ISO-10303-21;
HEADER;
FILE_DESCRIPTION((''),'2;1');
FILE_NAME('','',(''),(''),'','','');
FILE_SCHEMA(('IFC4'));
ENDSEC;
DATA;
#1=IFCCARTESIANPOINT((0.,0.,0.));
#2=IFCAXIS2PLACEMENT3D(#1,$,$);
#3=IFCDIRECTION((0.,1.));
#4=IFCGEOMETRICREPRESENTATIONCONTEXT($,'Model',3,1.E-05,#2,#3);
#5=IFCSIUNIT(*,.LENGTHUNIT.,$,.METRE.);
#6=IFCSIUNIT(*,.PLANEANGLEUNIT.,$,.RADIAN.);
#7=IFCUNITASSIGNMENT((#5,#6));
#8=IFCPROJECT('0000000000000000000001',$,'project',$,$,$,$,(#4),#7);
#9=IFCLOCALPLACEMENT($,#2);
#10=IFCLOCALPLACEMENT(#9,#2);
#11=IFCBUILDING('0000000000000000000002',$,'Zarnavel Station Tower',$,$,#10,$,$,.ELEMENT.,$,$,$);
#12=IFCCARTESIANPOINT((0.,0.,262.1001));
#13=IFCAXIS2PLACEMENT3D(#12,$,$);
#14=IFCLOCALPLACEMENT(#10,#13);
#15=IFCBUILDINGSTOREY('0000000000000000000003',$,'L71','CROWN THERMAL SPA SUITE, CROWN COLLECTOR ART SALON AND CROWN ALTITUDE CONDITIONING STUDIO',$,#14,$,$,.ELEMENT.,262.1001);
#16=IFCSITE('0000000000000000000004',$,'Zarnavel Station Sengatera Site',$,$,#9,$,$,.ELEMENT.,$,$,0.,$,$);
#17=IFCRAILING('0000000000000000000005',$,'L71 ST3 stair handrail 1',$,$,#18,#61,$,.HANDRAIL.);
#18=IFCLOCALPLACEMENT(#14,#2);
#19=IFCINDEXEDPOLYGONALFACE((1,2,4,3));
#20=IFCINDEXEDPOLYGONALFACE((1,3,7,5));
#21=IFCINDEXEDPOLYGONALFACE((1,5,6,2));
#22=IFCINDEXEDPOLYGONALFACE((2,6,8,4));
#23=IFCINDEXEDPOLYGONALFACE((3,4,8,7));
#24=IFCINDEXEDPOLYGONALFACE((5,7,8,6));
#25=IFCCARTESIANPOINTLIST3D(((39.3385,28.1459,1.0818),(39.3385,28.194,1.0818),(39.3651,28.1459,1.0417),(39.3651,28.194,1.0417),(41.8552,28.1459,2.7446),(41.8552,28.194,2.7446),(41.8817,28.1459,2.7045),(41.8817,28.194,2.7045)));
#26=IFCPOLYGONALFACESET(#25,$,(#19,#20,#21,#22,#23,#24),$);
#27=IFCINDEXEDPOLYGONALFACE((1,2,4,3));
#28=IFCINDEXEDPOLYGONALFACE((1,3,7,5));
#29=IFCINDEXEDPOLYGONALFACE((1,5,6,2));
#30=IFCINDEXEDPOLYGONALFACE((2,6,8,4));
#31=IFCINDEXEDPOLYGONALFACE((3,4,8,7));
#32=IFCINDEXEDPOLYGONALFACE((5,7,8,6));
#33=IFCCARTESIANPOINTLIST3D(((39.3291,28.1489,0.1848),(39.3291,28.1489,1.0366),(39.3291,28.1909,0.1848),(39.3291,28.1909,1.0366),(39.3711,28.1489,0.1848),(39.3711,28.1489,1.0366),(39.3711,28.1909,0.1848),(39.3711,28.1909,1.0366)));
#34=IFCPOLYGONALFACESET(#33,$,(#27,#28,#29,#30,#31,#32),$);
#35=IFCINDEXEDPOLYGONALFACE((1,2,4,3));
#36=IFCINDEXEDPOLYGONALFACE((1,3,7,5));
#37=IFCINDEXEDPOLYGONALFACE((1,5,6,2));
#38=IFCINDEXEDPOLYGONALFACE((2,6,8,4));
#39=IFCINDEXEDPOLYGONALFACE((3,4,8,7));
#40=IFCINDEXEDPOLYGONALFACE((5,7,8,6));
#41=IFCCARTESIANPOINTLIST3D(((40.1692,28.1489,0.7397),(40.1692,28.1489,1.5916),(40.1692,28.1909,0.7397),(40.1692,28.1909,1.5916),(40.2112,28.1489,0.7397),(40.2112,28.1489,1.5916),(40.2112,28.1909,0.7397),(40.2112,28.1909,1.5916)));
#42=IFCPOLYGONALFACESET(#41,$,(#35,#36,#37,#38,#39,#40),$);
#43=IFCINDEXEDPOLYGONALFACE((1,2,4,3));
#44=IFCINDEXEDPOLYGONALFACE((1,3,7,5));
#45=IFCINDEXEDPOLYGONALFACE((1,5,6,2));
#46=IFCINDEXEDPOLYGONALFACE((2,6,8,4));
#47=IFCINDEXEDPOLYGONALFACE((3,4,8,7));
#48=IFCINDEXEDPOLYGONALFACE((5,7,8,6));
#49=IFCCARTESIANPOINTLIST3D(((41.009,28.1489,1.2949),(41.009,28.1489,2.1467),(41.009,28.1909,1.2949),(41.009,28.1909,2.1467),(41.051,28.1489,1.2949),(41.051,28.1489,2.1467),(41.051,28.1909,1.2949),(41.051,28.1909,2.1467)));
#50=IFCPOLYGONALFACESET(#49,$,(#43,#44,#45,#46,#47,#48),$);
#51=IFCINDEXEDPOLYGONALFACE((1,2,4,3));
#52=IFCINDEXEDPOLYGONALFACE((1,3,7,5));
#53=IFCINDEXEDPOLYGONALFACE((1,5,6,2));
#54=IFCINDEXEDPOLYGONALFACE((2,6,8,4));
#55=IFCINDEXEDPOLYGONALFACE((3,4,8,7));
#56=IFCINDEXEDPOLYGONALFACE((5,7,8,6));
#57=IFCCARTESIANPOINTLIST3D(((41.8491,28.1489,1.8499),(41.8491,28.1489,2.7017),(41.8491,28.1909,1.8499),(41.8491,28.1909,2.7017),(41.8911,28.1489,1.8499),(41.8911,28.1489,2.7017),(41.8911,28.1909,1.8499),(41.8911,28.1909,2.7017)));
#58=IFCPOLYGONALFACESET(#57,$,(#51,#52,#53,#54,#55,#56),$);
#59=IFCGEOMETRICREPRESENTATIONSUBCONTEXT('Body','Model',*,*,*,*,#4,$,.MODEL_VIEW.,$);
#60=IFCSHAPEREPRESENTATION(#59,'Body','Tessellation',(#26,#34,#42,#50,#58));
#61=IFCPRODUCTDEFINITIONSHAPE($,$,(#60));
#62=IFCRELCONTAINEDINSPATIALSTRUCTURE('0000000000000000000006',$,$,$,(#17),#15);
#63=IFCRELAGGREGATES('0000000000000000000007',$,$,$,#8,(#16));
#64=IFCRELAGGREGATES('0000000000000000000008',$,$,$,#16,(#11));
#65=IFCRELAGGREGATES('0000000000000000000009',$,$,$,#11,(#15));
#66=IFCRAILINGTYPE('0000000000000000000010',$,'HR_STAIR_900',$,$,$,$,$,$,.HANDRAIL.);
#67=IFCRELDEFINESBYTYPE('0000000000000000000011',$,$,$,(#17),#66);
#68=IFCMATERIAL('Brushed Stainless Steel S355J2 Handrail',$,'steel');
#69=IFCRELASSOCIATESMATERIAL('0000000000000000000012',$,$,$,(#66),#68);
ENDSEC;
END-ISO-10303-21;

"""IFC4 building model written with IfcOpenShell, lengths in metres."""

from ifc_helpers import new_model, si_unit, direction, frame, origin, origin_2d, place, context, subcontext, project, spatial, rectangle, extrude, material, type_object, element, save


model = new_model("IFC4")

# Units and contexts
model_context = context("Model", 3, precision=1e-05, world=origin(), true_north=direction((0.0, 1.0)))
body_context = subcontext(model_context, "Body", "Model", "MODEL_VIEW")
ifc_project = project(units=[si_unit("LENGTHUNIT", "METRE"), si_unit("PLANEANGLEUNIT", "RADIAN")], contexts=[model_context])

# Site, building, storey
site_placement = place(None, origin())
site = spatial("IfcSite", under=ifc_project, at=site_placement, Name="Zarnavel Station Sengatera Site", CompositionType="ELEMENT", RefElevation=0.0)
building_placement = place(site_placement, origin())
building = spatial("IfcBuilding", under=site, at=building_placement, Name="Zarnavel Station Tower", CompositionType="ELEMENT")
storey_placement = place(building_placement, frame((0.0, 0.0, 262.1001)))
storey = spatial("IfcBuildingStorey", under=building, at=storey_placement, Name="L71", Description="CROWN THERMAL SPA SUITE, CROWN COLLECTOR ART SALON AND CROWN ALTITUDE CONDITIONING STUDIO", CompositionType="ELEMENT", Elevation=262.1001)

# Railing
ifc_material_1 = material(Name="Brushed Stainless Steel S355J2 Handrail", Category="steel")
railing_type = type_object("IfcRailingType", Name="HR_STAIR_900", PredefinedType="HANDRAIL", material=ifc_material_1)
railing_placement = place(storey_placement, frame((39.3501, 28.1699, 0.1848)))
element("IfcRailing", 1, at=railing_placement, inside=storey, type_object=railing_type, Name="L71 ST3 stair handrail 1", PredefinedType="HANDRAIL", context=body_context, shape_type="SweptSolid", body=[
    extrude(rectangle(XDim=0.0481, YDim=0.0481, at=origin_2d()), frame((0.0017, 0.0, 0.877), z_axis=(0.834331, 0.0, 0.551263), x_axis=(0.0, 1.0, 0.0)), (0.0, 0.0, 1.0), 3.0164),
    extrude(rectangle(XDim=0.042, YDim=0.042, at=origin_2d()), origin(), (0.0, 0.0, 1.0), 0.8518),
    extrude(rectangle(XDim=0.042, YDim=0.042, at=origin_2d()), frame((0.8401, 0.0, 0.5549)), (0.0, 0.0, 1.0), 0.8518),
    extrude(rectangle(XDim=0.042, YDim=0.042, at=origin_2d()), frame((1.6799, 0.0, 1.1101)), (0.0, 0.0, 1.0), 0.8518),
    extrude(rectangle(XDim=0.042, YDim=0.042, at=origin_2d()), frame((2.52, 0.0, 1.665)), (0.0, 0.0, 1.0), 0.8518),
])

save(model, "model.ifc")
